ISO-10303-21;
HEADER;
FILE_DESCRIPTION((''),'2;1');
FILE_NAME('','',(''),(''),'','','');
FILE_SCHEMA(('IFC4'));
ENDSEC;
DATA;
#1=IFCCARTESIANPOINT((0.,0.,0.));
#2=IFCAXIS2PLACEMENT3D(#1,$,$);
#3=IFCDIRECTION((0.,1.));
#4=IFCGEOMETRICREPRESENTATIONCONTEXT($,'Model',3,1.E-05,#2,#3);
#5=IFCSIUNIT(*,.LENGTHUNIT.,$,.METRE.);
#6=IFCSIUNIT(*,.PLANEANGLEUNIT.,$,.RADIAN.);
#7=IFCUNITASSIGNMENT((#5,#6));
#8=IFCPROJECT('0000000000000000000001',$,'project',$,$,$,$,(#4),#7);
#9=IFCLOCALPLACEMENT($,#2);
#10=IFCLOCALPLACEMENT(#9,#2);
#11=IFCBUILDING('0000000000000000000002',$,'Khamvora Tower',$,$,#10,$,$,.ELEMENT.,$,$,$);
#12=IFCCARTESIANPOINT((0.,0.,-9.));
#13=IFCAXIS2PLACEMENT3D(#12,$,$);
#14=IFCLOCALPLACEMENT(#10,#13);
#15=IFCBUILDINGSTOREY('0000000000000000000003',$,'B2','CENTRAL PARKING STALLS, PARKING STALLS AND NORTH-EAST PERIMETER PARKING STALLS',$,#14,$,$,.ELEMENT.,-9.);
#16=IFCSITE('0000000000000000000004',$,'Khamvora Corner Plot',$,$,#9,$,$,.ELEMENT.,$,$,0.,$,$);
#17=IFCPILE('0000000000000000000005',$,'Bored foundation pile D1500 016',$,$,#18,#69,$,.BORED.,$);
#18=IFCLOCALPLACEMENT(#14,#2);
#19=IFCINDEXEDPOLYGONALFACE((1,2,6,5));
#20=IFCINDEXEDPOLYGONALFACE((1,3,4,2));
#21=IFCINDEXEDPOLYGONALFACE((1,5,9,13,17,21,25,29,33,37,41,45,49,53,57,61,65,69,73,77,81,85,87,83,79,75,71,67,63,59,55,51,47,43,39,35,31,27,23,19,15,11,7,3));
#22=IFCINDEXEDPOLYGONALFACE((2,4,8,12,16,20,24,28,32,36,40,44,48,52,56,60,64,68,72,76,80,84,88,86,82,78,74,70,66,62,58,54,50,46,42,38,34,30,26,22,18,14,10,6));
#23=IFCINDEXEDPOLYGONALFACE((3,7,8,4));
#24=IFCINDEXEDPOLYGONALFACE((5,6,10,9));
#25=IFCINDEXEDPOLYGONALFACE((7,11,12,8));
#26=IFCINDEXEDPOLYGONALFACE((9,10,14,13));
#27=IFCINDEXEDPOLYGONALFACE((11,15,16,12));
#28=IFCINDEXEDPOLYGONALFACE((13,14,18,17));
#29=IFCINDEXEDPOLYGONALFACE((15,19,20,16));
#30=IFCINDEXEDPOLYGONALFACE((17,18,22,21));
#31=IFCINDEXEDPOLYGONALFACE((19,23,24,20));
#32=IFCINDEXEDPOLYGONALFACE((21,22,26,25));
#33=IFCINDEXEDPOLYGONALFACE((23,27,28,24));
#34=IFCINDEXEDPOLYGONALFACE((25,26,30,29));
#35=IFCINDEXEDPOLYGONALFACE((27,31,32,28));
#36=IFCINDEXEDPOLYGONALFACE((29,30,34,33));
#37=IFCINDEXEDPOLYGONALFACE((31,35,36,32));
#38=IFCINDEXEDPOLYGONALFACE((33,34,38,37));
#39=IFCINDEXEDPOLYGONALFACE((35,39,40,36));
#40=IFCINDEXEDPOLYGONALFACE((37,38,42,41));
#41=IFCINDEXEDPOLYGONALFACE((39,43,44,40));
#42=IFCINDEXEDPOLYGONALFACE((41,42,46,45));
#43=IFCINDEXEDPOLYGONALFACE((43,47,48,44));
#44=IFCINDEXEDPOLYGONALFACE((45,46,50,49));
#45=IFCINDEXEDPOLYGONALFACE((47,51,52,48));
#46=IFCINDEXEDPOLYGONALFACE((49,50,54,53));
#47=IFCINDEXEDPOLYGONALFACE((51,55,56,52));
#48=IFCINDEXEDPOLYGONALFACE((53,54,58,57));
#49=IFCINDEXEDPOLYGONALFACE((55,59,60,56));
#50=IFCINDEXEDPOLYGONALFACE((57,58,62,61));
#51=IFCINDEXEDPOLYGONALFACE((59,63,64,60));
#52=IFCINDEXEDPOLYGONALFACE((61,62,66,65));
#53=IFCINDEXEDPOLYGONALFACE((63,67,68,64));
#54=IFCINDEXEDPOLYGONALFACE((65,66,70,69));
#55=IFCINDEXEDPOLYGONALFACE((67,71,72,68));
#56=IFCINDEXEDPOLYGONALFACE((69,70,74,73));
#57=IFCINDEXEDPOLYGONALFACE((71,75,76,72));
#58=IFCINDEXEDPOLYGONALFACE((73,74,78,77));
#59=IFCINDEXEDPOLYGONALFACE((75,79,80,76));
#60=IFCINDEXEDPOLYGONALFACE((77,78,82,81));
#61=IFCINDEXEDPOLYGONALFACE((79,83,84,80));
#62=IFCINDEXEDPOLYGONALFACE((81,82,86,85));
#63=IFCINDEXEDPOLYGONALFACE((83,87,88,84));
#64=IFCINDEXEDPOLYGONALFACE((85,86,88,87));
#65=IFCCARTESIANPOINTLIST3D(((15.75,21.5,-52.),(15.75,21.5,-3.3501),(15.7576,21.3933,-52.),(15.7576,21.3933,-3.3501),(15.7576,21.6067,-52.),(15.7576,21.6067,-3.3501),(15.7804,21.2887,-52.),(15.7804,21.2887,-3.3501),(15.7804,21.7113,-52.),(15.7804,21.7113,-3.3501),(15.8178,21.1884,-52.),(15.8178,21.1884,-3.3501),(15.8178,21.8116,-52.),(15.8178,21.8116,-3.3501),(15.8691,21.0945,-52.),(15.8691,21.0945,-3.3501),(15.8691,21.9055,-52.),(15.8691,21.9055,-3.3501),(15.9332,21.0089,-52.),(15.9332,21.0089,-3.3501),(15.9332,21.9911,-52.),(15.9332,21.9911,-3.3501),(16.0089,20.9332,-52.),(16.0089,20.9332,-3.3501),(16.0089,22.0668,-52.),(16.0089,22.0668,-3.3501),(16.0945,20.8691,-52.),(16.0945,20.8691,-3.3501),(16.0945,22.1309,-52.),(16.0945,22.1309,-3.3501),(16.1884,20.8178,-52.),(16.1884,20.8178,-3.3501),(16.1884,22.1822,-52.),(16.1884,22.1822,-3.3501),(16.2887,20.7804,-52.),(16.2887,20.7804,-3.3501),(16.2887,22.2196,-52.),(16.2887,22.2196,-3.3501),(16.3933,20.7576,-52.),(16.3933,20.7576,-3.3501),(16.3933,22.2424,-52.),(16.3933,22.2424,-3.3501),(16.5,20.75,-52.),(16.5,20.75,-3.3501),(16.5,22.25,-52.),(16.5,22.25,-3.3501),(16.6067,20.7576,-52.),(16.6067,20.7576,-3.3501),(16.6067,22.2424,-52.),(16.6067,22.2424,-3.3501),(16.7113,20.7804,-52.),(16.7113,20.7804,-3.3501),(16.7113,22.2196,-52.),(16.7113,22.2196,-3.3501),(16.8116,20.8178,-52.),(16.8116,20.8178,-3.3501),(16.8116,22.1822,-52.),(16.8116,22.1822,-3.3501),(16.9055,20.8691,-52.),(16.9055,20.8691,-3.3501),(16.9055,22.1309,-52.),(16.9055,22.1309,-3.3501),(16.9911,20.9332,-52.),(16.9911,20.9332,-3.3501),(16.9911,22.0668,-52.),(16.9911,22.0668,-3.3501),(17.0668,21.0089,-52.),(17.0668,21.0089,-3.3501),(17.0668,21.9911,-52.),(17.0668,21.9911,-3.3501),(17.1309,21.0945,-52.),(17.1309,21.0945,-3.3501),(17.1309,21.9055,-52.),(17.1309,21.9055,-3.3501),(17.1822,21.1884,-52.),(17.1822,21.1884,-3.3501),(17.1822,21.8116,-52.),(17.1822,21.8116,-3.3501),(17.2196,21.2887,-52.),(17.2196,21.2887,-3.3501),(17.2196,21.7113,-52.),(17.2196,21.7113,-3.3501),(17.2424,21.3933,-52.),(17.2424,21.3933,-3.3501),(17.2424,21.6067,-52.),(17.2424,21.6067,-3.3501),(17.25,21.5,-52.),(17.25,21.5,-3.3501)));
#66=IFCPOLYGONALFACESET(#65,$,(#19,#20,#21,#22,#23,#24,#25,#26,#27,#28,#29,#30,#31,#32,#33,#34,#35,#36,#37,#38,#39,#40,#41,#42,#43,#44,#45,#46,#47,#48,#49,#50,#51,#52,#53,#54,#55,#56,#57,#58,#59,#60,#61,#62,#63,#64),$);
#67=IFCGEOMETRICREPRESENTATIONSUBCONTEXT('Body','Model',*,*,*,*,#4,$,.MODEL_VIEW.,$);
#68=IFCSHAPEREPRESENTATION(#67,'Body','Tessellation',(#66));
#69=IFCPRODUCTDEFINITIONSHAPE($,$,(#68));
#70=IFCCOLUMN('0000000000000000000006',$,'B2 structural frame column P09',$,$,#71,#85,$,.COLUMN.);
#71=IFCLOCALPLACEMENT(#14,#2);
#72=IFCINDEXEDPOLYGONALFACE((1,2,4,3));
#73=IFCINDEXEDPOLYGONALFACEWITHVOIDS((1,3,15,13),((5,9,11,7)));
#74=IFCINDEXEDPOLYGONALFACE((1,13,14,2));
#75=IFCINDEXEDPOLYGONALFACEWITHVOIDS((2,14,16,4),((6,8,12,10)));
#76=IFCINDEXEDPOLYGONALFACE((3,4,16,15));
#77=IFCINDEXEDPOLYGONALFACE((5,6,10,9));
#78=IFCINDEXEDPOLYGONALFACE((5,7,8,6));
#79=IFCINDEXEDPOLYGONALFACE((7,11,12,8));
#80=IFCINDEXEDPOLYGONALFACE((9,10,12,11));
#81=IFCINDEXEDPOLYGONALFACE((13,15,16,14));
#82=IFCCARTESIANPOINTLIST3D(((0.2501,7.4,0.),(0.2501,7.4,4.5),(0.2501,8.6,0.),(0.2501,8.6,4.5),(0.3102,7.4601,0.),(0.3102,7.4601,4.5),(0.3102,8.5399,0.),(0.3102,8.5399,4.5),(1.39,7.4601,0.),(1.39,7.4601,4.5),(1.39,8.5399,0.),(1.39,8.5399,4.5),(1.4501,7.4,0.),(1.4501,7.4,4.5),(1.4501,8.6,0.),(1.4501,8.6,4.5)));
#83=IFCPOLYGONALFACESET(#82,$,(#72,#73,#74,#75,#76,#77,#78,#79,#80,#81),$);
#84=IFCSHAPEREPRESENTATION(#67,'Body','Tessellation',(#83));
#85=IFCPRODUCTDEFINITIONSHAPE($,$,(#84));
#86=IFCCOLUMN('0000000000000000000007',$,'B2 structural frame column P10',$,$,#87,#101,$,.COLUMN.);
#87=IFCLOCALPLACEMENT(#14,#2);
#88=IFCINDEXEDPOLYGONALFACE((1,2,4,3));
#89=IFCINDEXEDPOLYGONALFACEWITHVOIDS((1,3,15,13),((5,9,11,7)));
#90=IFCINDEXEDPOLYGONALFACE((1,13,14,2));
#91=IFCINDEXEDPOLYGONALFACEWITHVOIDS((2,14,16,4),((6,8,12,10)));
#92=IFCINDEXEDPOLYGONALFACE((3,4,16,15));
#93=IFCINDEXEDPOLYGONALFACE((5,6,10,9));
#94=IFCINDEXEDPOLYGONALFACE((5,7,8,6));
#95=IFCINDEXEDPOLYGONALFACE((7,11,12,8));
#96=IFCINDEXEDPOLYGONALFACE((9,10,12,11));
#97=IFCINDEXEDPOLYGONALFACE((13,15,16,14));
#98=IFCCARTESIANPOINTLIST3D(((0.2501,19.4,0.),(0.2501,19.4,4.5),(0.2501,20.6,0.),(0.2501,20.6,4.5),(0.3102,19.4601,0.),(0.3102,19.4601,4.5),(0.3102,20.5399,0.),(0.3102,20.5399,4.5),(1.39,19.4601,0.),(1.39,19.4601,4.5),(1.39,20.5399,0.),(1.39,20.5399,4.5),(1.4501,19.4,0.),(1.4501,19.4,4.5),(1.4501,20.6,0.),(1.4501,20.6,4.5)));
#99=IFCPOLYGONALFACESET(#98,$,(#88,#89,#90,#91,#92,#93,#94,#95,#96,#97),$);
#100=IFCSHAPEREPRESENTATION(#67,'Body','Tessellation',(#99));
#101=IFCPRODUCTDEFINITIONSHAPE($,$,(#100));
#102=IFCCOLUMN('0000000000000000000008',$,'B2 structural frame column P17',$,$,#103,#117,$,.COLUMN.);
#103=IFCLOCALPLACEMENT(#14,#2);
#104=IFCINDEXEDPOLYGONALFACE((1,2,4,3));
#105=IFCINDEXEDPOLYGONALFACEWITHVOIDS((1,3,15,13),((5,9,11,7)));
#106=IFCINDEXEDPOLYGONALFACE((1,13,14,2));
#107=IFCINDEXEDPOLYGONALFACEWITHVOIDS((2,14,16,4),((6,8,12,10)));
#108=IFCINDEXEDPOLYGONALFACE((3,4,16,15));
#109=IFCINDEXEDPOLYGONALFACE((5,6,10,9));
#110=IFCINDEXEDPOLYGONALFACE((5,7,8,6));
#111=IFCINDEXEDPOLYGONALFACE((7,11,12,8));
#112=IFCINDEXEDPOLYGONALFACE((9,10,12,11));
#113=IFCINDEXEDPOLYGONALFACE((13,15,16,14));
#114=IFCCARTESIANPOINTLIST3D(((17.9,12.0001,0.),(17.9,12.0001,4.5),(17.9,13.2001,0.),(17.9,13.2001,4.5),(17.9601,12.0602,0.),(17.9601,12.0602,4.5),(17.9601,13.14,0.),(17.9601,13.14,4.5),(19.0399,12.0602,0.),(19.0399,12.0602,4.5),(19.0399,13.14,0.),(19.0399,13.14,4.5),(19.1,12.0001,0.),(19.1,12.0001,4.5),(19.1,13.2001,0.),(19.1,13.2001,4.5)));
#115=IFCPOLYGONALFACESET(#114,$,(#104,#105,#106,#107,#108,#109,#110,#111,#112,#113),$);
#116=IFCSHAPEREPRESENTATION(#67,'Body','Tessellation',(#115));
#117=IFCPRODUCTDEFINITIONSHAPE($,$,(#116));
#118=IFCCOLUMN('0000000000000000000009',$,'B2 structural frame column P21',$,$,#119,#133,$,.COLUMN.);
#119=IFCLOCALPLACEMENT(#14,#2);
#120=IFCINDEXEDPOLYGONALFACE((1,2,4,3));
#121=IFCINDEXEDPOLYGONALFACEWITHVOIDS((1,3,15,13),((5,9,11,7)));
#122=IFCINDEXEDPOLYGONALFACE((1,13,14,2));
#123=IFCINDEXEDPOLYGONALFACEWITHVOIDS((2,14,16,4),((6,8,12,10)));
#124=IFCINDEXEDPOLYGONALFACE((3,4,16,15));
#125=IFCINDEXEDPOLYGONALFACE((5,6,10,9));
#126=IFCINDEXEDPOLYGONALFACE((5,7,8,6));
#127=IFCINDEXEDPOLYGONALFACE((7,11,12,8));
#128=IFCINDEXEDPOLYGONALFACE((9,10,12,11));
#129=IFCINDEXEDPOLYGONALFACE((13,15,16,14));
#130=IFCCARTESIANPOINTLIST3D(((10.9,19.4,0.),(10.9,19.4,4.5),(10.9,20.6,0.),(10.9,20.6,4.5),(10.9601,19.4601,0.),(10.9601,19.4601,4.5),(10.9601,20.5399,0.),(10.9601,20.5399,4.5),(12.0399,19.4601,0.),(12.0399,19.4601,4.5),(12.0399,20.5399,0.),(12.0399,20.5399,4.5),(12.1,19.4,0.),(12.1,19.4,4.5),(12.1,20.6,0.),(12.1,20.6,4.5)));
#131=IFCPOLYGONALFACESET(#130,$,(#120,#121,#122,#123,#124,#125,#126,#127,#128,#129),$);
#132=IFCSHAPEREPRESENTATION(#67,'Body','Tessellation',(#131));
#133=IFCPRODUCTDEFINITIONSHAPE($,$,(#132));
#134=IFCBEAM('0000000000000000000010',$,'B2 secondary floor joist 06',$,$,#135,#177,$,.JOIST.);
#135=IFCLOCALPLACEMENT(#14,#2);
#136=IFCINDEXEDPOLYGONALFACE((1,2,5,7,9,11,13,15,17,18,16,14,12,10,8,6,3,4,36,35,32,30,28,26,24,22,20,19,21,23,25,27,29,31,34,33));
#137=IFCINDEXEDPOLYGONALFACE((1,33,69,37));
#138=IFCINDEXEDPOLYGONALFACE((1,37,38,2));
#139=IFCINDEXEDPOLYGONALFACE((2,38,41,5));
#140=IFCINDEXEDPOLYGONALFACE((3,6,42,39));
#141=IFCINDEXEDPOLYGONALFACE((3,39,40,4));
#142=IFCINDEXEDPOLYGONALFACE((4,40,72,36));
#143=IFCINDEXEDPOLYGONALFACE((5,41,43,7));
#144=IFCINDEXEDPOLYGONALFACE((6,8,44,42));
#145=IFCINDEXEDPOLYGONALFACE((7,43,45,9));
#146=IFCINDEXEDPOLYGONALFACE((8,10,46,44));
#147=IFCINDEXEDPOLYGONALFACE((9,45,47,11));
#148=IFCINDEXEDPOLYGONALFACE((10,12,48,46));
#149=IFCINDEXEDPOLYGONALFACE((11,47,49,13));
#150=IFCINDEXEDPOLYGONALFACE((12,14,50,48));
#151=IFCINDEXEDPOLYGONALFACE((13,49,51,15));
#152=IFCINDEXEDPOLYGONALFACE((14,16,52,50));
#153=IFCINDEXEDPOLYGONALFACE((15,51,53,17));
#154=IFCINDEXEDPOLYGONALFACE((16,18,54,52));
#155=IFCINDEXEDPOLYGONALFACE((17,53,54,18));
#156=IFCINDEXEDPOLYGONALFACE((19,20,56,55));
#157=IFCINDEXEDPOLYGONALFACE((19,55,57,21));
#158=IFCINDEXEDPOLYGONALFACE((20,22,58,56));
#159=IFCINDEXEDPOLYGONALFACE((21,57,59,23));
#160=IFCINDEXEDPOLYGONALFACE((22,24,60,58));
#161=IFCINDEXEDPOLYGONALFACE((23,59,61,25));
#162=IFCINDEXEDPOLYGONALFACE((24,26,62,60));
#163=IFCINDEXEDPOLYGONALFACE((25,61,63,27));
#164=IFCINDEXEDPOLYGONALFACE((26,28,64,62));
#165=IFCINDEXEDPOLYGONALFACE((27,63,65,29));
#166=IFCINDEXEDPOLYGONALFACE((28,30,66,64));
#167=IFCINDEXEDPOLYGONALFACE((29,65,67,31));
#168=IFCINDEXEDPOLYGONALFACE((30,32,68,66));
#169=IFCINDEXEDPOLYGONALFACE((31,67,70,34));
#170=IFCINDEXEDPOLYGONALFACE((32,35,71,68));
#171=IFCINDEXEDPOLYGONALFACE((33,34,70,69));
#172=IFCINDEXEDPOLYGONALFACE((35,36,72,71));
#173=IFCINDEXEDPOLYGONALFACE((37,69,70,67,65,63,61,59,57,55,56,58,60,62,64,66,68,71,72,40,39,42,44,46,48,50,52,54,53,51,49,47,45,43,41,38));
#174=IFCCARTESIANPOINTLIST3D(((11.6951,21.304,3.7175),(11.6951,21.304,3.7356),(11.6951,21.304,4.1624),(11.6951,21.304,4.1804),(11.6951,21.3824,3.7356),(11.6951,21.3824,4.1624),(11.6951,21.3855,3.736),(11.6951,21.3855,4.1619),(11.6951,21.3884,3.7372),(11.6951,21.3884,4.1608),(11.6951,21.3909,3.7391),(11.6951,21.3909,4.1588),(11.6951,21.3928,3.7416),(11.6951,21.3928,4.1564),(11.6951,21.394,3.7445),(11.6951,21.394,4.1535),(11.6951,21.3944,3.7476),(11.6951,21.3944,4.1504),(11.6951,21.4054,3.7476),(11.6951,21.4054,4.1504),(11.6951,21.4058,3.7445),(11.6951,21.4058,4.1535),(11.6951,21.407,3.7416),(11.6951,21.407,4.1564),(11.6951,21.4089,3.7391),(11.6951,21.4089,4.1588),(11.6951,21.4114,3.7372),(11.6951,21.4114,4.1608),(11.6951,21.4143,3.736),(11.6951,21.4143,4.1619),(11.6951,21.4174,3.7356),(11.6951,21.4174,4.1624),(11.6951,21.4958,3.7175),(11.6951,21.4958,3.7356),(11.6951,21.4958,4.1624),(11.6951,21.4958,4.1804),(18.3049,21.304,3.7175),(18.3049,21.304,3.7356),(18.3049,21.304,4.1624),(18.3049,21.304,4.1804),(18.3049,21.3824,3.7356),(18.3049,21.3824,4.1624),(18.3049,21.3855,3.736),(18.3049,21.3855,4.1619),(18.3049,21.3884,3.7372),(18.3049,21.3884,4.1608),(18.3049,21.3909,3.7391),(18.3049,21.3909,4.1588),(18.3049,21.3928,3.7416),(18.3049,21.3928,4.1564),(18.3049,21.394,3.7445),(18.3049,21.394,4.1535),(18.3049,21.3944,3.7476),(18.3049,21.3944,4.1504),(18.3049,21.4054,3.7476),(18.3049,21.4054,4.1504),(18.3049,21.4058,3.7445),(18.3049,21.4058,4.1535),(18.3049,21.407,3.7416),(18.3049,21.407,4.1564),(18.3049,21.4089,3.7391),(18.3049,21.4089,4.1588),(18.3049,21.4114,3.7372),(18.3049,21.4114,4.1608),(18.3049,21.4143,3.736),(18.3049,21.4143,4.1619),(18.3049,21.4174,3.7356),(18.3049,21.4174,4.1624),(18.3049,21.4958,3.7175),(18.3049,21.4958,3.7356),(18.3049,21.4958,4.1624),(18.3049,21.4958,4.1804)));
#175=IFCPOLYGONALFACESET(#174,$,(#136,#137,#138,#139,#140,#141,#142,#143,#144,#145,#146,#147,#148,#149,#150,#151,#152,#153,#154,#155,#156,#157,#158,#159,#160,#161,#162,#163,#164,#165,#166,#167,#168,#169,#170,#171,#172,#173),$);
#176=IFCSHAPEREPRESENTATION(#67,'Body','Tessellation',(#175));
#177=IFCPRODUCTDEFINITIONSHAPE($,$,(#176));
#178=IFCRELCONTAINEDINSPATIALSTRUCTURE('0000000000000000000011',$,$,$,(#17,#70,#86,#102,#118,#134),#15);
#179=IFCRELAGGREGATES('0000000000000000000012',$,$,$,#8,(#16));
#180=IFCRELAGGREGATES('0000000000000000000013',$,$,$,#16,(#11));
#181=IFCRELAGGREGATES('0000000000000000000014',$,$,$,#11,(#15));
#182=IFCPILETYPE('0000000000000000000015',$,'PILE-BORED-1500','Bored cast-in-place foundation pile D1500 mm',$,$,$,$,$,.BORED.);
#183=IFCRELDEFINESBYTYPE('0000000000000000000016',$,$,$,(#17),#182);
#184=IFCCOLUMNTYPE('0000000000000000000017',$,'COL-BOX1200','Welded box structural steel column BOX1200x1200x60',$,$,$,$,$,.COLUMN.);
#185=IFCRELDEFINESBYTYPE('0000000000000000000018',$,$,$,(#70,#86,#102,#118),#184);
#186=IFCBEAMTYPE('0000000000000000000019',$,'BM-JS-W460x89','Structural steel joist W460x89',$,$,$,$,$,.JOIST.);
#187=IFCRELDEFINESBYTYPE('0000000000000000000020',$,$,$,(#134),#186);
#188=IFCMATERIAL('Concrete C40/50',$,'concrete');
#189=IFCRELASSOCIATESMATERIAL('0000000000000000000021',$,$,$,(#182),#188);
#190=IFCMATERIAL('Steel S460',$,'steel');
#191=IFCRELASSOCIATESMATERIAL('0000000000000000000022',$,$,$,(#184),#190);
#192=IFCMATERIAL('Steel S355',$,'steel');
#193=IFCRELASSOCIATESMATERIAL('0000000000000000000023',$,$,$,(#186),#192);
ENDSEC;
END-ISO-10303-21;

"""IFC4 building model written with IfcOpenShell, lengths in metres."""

from ifc_helpers import new_model, si_unit, direction, frame, origin, origin_2d, place, context, subcontext, project, spatial, hollow_rectangle, circle, i_section, extrude, material, material_profile, profile_set, type_object, element, save


model = new_model("IFC4")

# Units and contexts
model_context = context("Model", 3, precision=1e-05, world=origin(), true_north=direction((0.0, 1.0)))
body_context = subcontext(model_context, "Body", "Model", "MODEL_VIEW")
ifc_project = project(units=[si_unit("LENGTHUNIT", "METRE"), si_unit("PLANEANGLEUNIT", "RADIAN")], contexts=[model_context])

# Site, building, storey
site_placement = place(None, origin())
site = spatial("IfcSite", under=ifc_project, at=site_placement, Name="Khamvora Corner Plot", CompositionType="ELEMENT", RefElevation=0.0)
building_placement = place(site_placement, origin())
building = spatial("IfcBuilding", under=site, at=building_placement, Name="Khamvora Tower", CompositionType="ELEMENT")
storey_placement = place(building_placement, frame((0.0, 0.0, -9.0)))
storey = spatial("IfcBuildingStorey", under=building, at=storey_placement, Name="B2", Description="CENTRAL PARKING STALLS, PARKING STALLS AND NORTH-EAST PERIMETER PARKING STALLS", CompositionType="ELEMENT", Elevation=-9.0)

# Pile
ifc_material_1 = material(Name="Concrete C40/50", Category="concrete")
ifc_material_profile_1 = material_profile(ifc_material_1, circle(Radius=0.75, at=origin_2d()), Name="PILE_D1500")
ifc_profile_set_1 = profile_set([ifc_material_profile_1], Name="Concrete C40/50")
pile_type_1 = type_object("IfcPileType", Name="PILE-BORED-1500", Description="Bored cast-in-place foundation pile D1500 mm", PredefinedType="BORED", material=ifc_profile_set_1)
for number, where, z_axis, x_axis, name in (
    (1, (16.5, 21.5, -3.3501), (0.0, 0.0, -1.0), (1.0, 0.0, 0.0), "Bored foundation pile D1500 016"),
):
    element("IfcPile", number, at=place(storey_placement, frame(where, z_axis=z_axis, x_axis=x_axis)), inside=storey, type_object=pile_type_1, Name=name, PredefinedType="BORED", context=body_context, shape_type="SweptSolid", body=[
        extrude(circle(Radius=0.75, at=origin_2d()), origin(), (0.0, 0.0, 1.0), 48.6499),
    ])

# Columns
ifc_material_2 = material(Name="Steel S460", Category="steel")
ifc_material_profile_2 = material_profile(ifc_material_2, hollow_rectangle(XDim=1.2, YDim=1.2, WallThickness=0.0601, at=origin_2d()), Name="BOX1200x1200x60")
ifc_profile_set_2 = profile_set([ifc_material_profile_2], Name="Steel S460")
column_type = type_object("IfcColumnType", Name="COL-BOX1200", Description="Welded box structural steel column BOX1200x1200x60", PredefinedType="COLUMN", material=ifc_profile_set_2)
for number, where, z_axis, x_axis, name in (
    (2, (0.8501, 8.0, 0.0), (0.0, 0.0, 1.0), (1.0, 0.0, 0.0), "B2 structural frame column P09"),
    (3, (0.8501, 20.0, 0.0), (0.0, 0.0, 1.0), (1.0, 0.0, 0.0), "B2 structural frame column P10"),
    (4, (18.5, 12.6001, 0.0), (0.0, 0.0, 1.0), (1.0, 0.0, 0.0), "B2 structural frame column P17"),
    (5, (11.5, 20.0, 0.0), (0.0, 0.0, 1.0), (1.0, 0.0, 0.0), "B2 structural frame column P21"),
):
    element("IfcColumn", number, at=place(storey_placement, frame(where, z_axis=z_axis, x_axis=x_axis)), inside=storey, type_object=column_type, Name=name, PredefinedType="COLUMN", context=body_context, shape_type="SweptSolid", body=[
        extrude(hollow_rectangle(XDim=1.2, YDim=1.2, WallThickness=0.0601, at=origin_2d()), origin(), (0.0, 0.0, 1.0), 4.5),
    ])

# Beam
ifc_material_3 = material(Name="Steel S355", Category="steel")
ifc_material_profile_3 = material_profile(ifc_material_3, i_section(OverallWidth=0.1919, OverallDepth=0.4629, WebThickness=0.011, FlangeThickness=0.0181, FilletRadius=0.012, at=origin_2d()), Name="W460x89")
ifc_profile_set_3 = profile_set([ifc_material_profile_3], Name="Steel S355")
beam_type_1 = type_object("IfcBeamType", Name="BM-JS-W460x89", Description="Structural steel joist W460x89", PredefinedType="JOIST", material=ifc_profile_set_3)
beam_1_placement = place(storey_placement, frame((11.6951, 21.3999, 3.949), z_axis=(1.0, 0.0, 0.0), x_axis=(0.0, 1.0, 0.0)))
element("IfcBeam", 6, at=beam_1_placement, inside=storey, type_object=beam_type_1, Name="B2 secondary floor joist 06", PredefinedType="JOIST", context=body_context, shape_type="SweptSolid", body=[
    extrude(i_section(OverallWidth=0.1919, OverallDepth=0.4629, WebThickness=0.011, FlangeThickness=0.0181, FilletRadius=0.012, at=origin_2d()), origin(), (0.0, 0.0, 1.0), 6.6099),
])

save(model, "model.ifc")
